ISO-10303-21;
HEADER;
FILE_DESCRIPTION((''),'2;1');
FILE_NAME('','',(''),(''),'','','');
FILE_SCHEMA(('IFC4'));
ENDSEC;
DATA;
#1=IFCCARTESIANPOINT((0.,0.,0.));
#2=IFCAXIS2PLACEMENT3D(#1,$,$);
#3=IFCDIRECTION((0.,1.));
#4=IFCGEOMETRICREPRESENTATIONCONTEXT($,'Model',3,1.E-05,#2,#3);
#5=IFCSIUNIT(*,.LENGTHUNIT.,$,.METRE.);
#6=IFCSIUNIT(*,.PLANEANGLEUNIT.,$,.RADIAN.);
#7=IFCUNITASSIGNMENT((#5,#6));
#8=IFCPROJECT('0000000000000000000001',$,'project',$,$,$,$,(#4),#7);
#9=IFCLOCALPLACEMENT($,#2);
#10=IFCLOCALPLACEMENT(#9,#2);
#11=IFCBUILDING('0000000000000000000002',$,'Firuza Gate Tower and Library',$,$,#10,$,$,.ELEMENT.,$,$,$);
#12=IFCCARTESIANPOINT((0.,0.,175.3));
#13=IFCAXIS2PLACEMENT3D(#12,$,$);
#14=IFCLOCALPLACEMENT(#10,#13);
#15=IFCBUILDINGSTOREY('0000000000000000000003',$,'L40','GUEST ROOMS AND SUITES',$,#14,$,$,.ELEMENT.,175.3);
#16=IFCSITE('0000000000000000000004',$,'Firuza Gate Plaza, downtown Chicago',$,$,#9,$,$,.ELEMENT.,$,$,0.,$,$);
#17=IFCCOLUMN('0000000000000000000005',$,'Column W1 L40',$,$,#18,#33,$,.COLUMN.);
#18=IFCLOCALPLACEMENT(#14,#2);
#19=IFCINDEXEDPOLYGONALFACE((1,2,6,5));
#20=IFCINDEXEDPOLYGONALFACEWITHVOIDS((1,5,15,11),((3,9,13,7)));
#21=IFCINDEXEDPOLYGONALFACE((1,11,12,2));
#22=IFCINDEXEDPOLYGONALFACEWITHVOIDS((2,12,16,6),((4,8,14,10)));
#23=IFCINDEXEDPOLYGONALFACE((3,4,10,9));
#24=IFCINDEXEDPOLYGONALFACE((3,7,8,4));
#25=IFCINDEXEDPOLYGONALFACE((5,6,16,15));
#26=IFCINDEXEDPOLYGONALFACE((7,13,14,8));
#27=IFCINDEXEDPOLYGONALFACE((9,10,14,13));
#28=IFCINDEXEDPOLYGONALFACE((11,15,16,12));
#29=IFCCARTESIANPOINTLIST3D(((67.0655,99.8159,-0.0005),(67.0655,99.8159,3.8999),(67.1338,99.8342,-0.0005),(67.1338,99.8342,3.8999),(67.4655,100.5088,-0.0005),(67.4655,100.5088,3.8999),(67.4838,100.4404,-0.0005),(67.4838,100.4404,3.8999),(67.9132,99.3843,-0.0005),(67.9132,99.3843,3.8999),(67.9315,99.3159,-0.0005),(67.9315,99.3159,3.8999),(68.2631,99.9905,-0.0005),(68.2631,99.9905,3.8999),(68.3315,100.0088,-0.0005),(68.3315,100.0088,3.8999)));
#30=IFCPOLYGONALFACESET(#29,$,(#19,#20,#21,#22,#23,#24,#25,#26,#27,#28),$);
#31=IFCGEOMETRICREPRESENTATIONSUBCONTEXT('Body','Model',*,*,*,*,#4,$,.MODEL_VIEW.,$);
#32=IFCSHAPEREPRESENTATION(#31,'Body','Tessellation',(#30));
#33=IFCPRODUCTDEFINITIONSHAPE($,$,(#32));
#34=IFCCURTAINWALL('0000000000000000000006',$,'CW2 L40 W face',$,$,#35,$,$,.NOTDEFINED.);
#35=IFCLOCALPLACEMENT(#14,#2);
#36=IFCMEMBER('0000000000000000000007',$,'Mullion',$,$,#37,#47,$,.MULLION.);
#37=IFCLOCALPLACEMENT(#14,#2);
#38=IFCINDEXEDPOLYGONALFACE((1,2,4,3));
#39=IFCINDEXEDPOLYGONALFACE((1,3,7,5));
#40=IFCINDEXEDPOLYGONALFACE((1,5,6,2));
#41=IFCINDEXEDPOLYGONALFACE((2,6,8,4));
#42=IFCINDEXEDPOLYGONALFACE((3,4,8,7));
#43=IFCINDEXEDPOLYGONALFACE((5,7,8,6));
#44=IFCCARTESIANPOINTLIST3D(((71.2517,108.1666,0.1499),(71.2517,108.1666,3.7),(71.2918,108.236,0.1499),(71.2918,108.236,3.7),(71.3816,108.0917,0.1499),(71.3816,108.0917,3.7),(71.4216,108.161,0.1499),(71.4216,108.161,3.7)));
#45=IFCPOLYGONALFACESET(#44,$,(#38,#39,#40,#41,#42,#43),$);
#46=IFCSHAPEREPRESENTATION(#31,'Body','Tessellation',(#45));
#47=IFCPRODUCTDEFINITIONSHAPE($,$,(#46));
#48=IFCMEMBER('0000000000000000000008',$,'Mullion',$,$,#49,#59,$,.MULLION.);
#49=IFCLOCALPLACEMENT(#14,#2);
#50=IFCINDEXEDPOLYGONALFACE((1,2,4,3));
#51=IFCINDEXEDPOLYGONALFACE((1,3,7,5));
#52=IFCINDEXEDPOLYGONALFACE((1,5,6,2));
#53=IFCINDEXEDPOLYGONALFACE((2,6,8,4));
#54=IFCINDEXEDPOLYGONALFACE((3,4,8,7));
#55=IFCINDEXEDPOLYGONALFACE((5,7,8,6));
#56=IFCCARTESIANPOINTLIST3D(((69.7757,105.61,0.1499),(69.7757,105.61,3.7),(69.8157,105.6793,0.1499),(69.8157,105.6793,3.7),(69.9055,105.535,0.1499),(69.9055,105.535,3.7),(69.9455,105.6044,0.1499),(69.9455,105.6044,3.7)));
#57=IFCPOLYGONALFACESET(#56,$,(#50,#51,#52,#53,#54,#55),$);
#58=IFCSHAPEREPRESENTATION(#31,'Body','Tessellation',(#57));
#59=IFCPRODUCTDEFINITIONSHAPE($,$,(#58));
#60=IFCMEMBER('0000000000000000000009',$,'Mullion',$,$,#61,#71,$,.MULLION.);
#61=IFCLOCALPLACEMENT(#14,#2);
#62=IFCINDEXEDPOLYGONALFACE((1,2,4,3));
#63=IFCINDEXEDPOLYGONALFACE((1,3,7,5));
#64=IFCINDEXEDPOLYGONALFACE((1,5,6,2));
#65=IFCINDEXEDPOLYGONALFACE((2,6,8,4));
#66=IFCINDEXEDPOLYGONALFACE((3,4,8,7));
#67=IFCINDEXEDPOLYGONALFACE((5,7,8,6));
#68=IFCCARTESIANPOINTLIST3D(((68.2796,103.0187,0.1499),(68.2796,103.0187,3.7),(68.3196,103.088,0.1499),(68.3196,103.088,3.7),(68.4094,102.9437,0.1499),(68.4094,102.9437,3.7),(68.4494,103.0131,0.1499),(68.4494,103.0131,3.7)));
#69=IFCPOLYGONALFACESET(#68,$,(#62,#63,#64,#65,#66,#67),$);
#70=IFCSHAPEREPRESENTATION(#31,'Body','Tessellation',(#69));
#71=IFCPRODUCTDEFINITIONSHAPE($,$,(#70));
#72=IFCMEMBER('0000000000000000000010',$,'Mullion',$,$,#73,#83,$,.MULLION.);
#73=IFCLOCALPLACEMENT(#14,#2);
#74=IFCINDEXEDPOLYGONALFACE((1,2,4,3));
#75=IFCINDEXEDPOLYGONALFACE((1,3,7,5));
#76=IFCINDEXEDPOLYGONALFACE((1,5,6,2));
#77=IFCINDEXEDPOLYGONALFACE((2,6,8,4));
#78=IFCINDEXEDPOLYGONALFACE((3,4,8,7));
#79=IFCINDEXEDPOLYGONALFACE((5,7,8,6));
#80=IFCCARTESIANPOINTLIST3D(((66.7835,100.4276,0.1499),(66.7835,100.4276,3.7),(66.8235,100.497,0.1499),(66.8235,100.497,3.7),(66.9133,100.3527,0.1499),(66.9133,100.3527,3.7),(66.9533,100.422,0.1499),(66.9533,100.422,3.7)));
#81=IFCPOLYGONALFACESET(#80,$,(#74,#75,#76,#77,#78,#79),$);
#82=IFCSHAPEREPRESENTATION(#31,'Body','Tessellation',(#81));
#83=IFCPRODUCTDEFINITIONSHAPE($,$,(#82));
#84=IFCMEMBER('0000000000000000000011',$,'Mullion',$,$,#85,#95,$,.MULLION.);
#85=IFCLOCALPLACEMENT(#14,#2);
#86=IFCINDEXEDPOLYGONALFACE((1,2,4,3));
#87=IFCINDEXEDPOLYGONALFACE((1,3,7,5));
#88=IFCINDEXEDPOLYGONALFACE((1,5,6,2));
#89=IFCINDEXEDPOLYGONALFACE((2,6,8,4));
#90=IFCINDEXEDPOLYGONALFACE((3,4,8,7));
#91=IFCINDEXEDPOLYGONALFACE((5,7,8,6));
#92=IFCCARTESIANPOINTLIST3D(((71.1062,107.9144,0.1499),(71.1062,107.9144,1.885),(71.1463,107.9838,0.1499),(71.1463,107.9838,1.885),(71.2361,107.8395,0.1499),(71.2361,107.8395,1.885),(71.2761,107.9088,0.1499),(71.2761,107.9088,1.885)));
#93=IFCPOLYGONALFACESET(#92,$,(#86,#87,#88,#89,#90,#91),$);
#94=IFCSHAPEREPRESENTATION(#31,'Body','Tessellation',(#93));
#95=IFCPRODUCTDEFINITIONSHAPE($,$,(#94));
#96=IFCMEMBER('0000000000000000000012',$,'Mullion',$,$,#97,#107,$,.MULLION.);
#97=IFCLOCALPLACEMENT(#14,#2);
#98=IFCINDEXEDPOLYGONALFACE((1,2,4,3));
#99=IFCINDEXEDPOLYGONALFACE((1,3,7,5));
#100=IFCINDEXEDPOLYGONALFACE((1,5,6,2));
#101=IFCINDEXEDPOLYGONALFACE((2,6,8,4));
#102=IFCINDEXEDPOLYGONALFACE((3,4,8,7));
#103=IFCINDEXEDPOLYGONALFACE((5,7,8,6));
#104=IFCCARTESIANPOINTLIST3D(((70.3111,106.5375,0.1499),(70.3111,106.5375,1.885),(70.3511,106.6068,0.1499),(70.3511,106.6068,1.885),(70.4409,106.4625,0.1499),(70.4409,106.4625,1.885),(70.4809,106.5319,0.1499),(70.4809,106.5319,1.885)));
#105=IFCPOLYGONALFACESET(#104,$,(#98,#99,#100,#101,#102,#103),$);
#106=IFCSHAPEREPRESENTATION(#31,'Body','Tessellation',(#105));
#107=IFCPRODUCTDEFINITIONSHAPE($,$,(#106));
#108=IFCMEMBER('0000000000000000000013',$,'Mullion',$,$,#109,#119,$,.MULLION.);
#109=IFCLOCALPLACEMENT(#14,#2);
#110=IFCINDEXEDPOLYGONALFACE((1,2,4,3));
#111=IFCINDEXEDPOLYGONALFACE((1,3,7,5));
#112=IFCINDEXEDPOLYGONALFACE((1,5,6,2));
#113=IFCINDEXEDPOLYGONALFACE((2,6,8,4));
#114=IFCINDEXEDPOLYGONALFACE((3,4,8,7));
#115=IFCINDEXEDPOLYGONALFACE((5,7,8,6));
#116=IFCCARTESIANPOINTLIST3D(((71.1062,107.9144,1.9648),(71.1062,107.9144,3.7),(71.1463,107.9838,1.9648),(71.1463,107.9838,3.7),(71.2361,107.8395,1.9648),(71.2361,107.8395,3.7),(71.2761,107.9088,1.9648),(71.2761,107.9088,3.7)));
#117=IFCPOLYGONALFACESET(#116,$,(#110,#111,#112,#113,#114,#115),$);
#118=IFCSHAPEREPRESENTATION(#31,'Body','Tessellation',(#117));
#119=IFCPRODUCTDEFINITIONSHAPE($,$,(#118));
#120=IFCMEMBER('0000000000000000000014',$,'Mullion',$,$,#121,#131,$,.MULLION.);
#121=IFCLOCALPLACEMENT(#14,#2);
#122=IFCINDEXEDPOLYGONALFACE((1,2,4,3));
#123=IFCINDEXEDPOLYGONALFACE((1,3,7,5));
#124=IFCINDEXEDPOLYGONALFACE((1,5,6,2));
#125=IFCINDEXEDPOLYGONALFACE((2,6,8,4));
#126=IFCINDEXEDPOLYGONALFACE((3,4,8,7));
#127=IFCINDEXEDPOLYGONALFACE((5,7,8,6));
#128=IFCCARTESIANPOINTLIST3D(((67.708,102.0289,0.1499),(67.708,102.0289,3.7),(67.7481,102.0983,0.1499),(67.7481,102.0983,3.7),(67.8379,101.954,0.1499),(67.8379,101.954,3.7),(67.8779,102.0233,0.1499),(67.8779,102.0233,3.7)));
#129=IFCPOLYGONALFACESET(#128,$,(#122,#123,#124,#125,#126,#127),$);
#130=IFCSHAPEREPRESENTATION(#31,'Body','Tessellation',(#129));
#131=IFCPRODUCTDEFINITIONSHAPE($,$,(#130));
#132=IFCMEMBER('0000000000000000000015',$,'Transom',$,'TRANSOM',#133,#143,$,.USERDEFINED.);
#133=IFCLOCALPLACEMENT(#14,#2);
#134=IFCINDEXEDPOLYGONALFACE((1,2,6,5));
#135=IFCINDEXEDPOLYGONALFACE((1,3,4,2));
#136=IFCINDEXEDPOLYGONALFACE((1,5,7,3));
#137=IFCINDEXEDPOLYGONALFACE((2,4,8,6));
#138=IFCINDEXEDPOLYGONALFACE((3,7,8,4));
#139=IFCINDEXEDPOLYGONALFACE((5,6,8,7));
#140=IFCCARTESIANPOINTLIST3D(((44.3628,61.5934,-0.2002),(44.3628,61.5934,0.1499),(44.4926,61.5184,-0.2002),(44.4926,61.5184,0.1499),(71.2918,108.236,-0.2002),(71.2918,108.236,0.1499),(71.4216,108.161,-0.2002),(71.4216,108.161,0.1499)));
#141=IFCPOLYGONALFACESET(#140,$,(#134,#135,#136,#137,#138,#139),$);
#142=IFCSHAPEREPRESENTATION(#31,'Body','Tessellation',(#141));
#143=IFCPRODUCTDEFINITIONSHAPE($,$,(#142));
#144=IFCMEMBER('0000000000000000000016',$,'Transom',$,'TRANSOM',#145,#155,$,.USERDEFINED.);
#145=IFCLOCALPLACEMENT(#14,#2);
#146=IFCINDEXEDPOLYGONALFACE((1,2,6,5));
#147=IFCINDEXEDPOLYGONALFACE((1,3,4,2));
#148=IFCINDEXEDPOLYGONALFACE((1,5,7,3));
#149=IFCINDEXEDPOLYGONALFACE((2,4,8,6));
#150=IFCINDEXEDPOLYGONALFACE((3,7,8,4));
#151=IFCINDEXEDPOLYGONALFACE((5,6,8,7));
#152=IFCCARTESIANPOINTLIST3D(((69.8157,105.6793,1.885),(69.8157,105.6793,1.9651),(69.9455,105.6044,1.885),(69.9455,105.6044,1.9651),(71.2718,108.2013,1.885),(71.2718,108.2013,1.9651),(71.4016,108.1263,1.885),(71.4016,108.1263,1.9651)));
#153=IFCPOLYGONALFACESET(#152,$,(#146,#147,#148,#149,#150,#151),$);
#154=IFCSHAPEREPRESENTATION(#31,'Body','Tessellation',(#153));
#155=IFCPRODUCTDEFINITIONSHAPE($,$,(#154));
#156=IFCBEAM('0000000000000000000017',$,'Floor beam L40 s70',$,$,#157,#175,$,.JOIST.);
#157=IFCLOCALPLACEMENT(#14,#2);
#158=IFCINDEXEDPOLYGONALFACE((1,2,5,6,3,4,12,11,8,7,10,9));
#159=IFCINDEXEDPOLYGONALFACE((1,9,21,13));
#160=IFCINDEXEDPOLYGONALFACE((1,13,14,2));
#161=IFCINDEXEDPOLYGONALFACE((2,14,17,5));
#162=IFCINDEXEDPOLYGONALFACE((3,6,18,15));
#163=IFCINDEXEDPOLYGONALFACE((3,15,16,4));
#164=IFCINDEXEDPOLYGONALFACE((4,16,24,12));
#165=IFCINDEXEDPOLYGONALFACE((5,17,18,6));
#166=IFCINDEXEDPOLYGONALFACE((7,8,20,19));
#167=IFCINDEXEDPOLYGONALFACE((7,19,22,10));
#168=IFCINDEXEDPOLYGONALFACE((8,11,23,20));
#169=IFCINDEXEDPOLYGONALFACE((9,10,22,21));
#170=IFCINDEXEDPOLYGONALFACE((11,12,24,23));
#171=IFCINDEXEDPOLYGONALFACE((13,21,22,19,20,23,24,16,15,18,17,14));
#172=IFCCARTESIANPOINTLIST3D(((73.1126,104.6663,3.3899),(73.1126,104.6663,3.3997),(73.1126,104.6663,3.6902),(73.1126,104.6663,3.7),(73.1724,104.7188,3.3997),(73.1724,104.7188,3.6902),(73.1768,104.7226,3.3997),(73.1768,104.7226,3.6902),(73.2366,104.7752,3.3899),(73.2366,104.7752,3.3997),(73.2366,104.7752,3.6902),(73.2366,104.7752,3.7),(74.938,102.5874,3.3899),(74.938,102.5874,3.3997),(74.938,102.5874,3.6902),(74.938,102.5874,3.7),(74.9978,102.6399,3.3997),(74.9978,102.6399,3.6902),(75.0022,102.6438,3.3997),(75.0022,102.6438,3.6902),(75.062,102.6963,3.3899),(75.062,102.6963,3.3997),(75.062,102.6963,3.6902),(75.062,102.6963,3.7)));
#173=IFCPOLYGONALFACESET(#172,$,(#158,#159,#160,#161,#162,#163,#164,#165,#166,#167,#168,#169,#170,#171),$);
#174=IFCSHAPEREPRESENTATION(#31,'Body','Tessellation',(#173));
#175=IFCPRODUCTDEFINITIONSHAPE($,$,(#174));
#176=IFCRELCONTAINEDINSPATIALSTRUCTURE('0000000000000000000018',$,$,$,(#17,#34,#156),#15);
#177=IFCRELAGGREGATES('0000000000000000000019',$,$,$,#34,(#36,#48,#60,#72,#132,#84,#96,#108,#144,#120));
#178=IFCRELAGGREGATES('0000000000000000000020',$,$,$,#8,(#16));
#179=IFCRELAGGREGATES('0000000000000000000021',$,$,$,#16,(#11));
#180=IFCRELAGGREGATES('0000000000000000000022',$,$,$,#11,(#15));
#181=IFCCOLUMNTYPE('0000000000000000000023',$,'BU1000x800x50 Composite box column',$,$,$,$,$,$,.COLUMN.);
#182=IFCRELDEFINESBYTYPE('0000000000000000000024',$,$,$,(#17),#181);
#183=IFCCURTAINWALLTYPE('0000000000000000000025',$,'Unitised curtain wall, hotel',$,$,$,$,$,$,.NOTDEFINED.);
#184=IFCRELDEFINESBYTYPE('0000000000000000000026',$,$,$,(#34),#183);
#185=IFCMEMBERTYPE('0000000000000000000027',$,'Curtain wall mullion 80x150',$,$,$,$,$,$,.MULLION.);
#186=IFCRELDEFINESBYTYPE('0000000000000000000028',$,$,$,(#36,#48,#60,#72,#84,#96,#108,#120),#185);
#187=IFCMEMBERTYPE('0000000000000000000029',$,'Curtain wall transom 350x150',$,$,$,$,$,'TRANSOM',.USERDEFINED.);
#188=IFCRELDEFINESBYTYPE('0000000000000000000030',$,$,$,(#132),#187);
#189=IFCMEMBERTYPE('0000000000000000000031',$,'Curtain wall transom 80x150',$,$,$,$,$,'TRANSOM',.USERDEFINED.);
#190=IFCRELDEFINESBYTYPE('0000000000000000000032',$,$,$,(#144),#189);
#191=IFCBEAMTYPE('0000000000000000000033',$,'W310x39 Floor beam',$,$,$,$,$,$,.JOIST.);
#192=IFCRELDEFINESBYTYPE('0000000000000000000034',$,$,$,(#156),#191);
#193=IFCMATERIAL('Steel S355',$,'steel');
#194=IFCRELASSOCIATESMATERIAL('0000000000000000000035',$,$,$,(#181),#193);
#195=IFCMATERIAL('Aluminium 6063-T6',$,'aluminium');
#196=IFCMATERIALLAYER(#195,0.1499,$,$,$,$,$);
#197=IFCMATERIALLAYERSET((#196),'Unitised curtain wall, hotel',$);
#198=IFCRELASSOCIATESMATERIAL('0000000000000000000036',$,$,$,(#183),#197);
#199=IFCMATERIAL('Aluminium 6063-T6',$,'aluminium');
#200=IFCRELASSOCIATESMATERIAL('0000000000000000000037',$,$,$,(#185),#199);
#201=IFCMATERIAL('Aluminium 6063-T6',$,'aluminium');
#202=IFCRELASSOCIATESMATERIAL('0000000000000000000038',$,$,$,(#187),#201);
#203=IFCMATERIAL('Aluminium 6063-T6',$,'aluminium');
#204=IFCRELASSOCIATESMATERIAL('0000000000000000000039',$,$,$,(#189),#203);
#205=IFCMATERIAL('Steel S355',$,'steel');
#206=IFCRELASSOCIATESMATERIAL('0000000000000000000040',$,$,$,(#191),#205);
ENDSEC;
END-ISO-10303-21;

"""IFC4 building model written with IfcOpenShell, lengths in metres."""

from ifc_helpers import new_model, si_unit, direction, frame, origin, origin_2d, place, context, subcontext, project, spatial, rectangle, hollow_rectangle, i_section, extrude, material, layer, layer_set, material_profile, profile_set, type_object, element, aggregate, save


model = new_model("IFC4")

# Units and contexts
model_context = context("Model", 3, precision=1e-05, world=origin(), true_north=direction((0.0, 1.0)))
body_context = subcontext(model_context, "Body", "Model", "MODEL_VIEW")
ifc_project = project(units=[si_unit("LENGTHUNIT", "METRE"), si_unit("PLANEANGLEUNIT", "RADIAN")], contexts=[model_context])

# Site, building, storey
site_placement = place(None, origin())
site = spatial("IfcSite", under=ifc_project, at=site_placement, Name="Firuza Gate Plaza, downtown Chicago", CompositionType="ELEMENT", RefElevation=0.0)
building_placement = place(site_placement, origin())
building = spatial("IfcBuilding", under=site, at=building_placement, Name="Firuza Gate Tower and Library", CompositionType="ELEMENT")
storey_placement = place(building_placement, frame((0.0, 0.0, 175.3)))
storey = spatial("IfcBuildingStorey", under=building, at=storey_placement, Name="L40", Description="GUEST ROOMS AND SUITES", CompositionType="ELEMENT", Elevation=175.3)

# Column
ifc_material_1 = material(Name="Steel S355", Category="steel")
ifc_material_profile_1 = material_profile(ifc_material_1, hollow_rectangle(XDim=0.8, YDim=1.0, WallThickness=0.05, at=origin_2d()))
ifc_profile_set_1 = profile_set([ifc_material_profile_1], Name="Steel S355")
column_type = type_object("IfcColumnType", Name="BU1000x800x50 Composite box column", PredefinedType="COLUMN", material=ifc_profile_set_1)
column_placement = place(storey_placement, frame((67.6985, 99.9124, -0.0005), z_axis=(0.0, 0.0, 1.0), x_axis=(-0.5, -0.866025, 0.0)))
element("IfcColumn", 1, at=column_placement, inside=storey, type_object=column_type, Name="Column W1 L40", PredefinedType="COLUMN", context=body_context, shape_type="SweptSolid", body=[
    extrude(hollow_rectangle(XDim=0.8, YDim=1.0, WallThickness=0.05, at=origin_2d()), origin(), (0.0, 0.0, 1.0), 3.9004),
])

# Curtain wall, members
ifc_material_2 = material(Name="Aluminium 6063-T6", Category="aluminium")
ifc_layer_1 = layer(ifc_material_2, 0.1499)
ifc_layer_set_1 = layer_set([ifc_layer_1], Name="Unitised curtain wall, hotel")
curtain_wall_type = type_object("IfcCurtainWallType", Name="Unitised curtain wall, hotel", PredefinedType="NOTDEFINED", material=ifc_layer_set_1)
curtain_wall_placement = place(storey_placement, origin())
curtain_wall = element("IfcCurtainWall", 2, at=curtain_wall_placement, inside=storey, type_object=curtain_wall_type, Name="CW2 L40 W face", PredefinedType="NOTDEFINED")
ifc_material_3 = material(Name="Aluminium 6063-T6", Category="aluminium")
ifc_material_profile_2 = material_profile(ifc_material_3, rectangle(XDim=0.1499, YDim=0.0801, at=origin_2d()))
ifc_profile_set_2 = profile_set([ifc_material_profile_2], Name="Aluminium 6063-T6")
member_type_1 = type_object("IfcMemberType", Name="Curtain wall mullion 80x150", PredefinedType="MULLION", material=ifc_profile_set_2)
member_1_placement = place(storey_placement, frame((71.3367, 108.1638, 0.1499), z_axis=(0.0, 0.0, 1.0), x_axis=(0.866025, -0.5, 0.0)))
member_1 = element("IfcMember", 3, at=member_1_placement, type_object=member_type_1, Name="Mullion", PredefinedType="MULLION", context=body_context, shape_type="SweptSolid", body=[
    extrude(rectangle(XDim=0.1499, YDim=0.0801, at=origin_2d()), origin(), (0.0, 0.0, 1.0), 3.55),
])
member_2_placement = place(storey_placement, frame((69.8606, 105.6072, 0.1499), z_axis=(0.0, 0.0, 1.0), x_axis=(0.866025, -0.5, 0.0)))
member_2 = element("IfcMember", 4, at=member_2_placement, type_object=member_type_1, Name="Mullion", PredefinedType="MULLION", context=body_context, shape_type="SweptSolid", body=[
    extrude(rectangle(XDim=0.1499, YDim=0.0801, at=origin_2d()), origin(), (0.0, 0.0, 1.0), 3.55),
])
member_3_placement = place(storey_placement, frame((68.3645, 103.0159, 0.1499), z_axis=(0.0, 0.0, 1.0), x_axis=(0.866025, -0.5, 0.0)))
member_3 = element("IfcMember", 5, at=member_3_placement, type_object=member_type_1, Name="Mullion", PredefinedType="MULLION", context=body_context, shape_type="SweptSolid", body=[
    extrude(rectangle(XDim=0.1499, YDim=0.0801, at=origin_2d()), origin(), (0.0, 0.0, 1.0), 3.55),
])
member_4_placement = place(storey_placement, frame((66.8684, 100.4248, 0.1499), z_axis=(0.0, 0.0, 1.0), x_axis=(0.866025, -0.5, 0.0)))
member_4 = element("IfcMember", 6, at=member_4_placement, type_object=member_type_1, Name="Mullion", PredefinedType="MULLION", context=body_context, shape_type="SweptSolid", body=[
    extrude(rectangle(XDim=0.1499, YDim=0.0801, at=origin_2d()), origin(), (0.0, 0.0, 1.0), 3.55),
])
member_5_placement = place(storey_placement, frame((71.1912, 107.9116, 0.1499), z_axis=(0.0, 0.0, 1.0), x_axis=(0.866025, -0.5, 0.0)))
member_5 = element("IfcMember", 7, at=member_5_placement, type_object=member_type_1, Name="Mullion", PredefinedType="MULLION", context=body_context, shape_type="SweptSolid", body=[
    extrude(rectangle(XDim=0.1499, YDim=0.0801, at=origin_2d()), origin(), (0.0, 0.0, 1.0), 1.7351),
])
member_6_placement = place(storey_placement, frame((70.396, 106.5347, 0.1499), z_axis=(0.0, 0.0, 1.0), x_axis=(0.866025, -0.5, 0.0)))
member_6 = element("IfcMember", 8, at=member_6_placement, type_object=member_type_1, Name="Mullion", PredefinedType="MULLION", context=body_context, shape_type="SweptSolid", body=[
    extrude(rectangle(XDim=0.1499, YDim=0.0801, at=origin_2d()), origin(), (0.0, 0.0, 1.0), 1.7351),
])
member_7_placement = place(storey_placement, frame((71.1912, 107.9116, 1.9648), z_axis=(0.0, 0.0, 1.0), x_axis=(0.866025, -0.5, 0.0)))
member_7 = element("IfcMember", 9, at=member_7_placement, type_object=member_type_1, Name="Mullion", PredefinedType="MULLION", context=body_context, shape_type="SweptSolid", body=[
    extrude(rectangle(XDim=0.1499, YDim=0.0801, at=origin_2d()), origin(), (0.0, 0.0, 1.0), 1.7351),
])
member_8_placement = place(storey_placement, frame((67.793, 102.0261, 0.1499), z_axis=(0.0, 0.0, 1.0), x_axis=(0.866025, -0.5, 0.0)))
member_8 = element("IfcMember", 10, at=member_8_placement, type_object=member_type_1, Name="Mullion", PredefinedType="MULLION", context=body_context, shape_type="SweptSolid", body=[
    extrude(rectangle(XDim=0.1499, YDim=0.0801, at=origin_2d()), origin(), (0.0, 0.0, 1.0), 3.55),
])
ifc_material_4 = material(Name="Aluminium 6063-T6", Category="aluminium")
ifc_material_profile_3 = material_profile(ifc_material_4, rectangle(XDim=0.1499, YDim=0.3501, at=origin_2d()))
ifc_profile_set_3 = profile_set([ifc_material_profile_3], Name="Aluminium 6063-T6")
member_type_2 = type_object("IfcMemberType", Name="Curtain wall transom 350x150", ElementType="TRANSOM", PredefinedType="USERDEFINED", material=ifc_profile_set_3)
member_9_placement = place(storey_placement, frame((71.3567, 108.1985, -0.0251), z_axis=(-0.499998, -0.866027, 0.0), x_axis=(0.866027, -0.499998, 0.0)))
member_9 = element("IfcMember", 11, at=member_9_placement, type_object=member_type_2, Name="Transom", ObjectType="TRANSOM", PredefinedType="USERDEFINED", context=body_context, shape_type="SweptSolid", body=[
    extrude(rectangle(XDim=0.1499, YDim=0.3501, at=origin_2d()), origin(), (0.0, 0.0, 1.0), 53.8582),
])
ifc_material_5 = material(Name="Aluminium 6063-T6", Category="aluminium")
ifc_material_profile_4 = material_profile(ifc_material_5, rectangle(XDim=0.1499, YDim=0.0801, at=origin_2d()))
ifc_profile_set_4 = profile_set([ifc_material_profile_4], Name="Aluminium 6063-T6")
member_type_3 = type_object("IfcMemberType", Name="Curtain wall transom 80x150", ElementType="TRANSOM", PredefinedType="USERDEFINED", material=ifc_profile_set_4)
member_10_placement = place(storey_placement, frame((71.3367, 108.1638, 1.925), z_axis=(-0.499998, -0.866026, 0.0), x_axis=(0.866026, -0.499998, 0.0)))
member_10 = element("IfcMember", 12, at=member_10_placement, type_object=member_type_3, Name="Transom", ObjectType="TRANSOM", PredefinedType="USERDEFINED", context=body_context, shape_type="SweptSolid", body=[
    extrude(rectangle(XDim=0.1499, YDim=0.0801, at=origin_2d()), origin(), (0.0, 0.0, 1.0), 2.9121),
])

# Beam
ifc_material_6 = material(Name="Steel S355", Category="steel")
ifc_material_profile_5 = material_profile(ifc_material_6, i_section(OverallWidth=0.165, OverallDepth=0.3101, WebThickness=0.0059, FlangeThickness=0.0098, at=origin_2d()))
ifc_profile_set_5 = profile_set([ifc_material_profile_5], Name="Steel S355")
beam_type_1 = type_object("IfcBeamType", Name="W310x39 Floor beam", PredefinedType="JOIST", material=ifc_profile_set_5)
beam_1_placement = place(storey_placement, frame((73.1746, 104.7207, 3.5449), z_axis=(0.659822, -0.751422, 0.0), x_axis=(0.751422, 0.659822, 0.0)))
element("IfcBeam", 13, at=beam_1_placement, inside=storey, type_object=beam_type_1, Name="Floor beam L40 s70", PredefinedType="JOIST", context=body_context, shape_type="SweptSolid", body=[
    extrude(i_section(OverallWidth=0.165, OverallDepth=0.3101, WebThickness=0.0059, FlangeThickness=0.0098, at=origin_2d()), origin(), (0.0, 0.0, 1.0), 2.7666),
])

aggregate(curtain_wall, [member_1, member_2, member_3, member_4, member_9, member_5, member_6, member_7, member_10, member_8])

save(model, "model.ifc")
